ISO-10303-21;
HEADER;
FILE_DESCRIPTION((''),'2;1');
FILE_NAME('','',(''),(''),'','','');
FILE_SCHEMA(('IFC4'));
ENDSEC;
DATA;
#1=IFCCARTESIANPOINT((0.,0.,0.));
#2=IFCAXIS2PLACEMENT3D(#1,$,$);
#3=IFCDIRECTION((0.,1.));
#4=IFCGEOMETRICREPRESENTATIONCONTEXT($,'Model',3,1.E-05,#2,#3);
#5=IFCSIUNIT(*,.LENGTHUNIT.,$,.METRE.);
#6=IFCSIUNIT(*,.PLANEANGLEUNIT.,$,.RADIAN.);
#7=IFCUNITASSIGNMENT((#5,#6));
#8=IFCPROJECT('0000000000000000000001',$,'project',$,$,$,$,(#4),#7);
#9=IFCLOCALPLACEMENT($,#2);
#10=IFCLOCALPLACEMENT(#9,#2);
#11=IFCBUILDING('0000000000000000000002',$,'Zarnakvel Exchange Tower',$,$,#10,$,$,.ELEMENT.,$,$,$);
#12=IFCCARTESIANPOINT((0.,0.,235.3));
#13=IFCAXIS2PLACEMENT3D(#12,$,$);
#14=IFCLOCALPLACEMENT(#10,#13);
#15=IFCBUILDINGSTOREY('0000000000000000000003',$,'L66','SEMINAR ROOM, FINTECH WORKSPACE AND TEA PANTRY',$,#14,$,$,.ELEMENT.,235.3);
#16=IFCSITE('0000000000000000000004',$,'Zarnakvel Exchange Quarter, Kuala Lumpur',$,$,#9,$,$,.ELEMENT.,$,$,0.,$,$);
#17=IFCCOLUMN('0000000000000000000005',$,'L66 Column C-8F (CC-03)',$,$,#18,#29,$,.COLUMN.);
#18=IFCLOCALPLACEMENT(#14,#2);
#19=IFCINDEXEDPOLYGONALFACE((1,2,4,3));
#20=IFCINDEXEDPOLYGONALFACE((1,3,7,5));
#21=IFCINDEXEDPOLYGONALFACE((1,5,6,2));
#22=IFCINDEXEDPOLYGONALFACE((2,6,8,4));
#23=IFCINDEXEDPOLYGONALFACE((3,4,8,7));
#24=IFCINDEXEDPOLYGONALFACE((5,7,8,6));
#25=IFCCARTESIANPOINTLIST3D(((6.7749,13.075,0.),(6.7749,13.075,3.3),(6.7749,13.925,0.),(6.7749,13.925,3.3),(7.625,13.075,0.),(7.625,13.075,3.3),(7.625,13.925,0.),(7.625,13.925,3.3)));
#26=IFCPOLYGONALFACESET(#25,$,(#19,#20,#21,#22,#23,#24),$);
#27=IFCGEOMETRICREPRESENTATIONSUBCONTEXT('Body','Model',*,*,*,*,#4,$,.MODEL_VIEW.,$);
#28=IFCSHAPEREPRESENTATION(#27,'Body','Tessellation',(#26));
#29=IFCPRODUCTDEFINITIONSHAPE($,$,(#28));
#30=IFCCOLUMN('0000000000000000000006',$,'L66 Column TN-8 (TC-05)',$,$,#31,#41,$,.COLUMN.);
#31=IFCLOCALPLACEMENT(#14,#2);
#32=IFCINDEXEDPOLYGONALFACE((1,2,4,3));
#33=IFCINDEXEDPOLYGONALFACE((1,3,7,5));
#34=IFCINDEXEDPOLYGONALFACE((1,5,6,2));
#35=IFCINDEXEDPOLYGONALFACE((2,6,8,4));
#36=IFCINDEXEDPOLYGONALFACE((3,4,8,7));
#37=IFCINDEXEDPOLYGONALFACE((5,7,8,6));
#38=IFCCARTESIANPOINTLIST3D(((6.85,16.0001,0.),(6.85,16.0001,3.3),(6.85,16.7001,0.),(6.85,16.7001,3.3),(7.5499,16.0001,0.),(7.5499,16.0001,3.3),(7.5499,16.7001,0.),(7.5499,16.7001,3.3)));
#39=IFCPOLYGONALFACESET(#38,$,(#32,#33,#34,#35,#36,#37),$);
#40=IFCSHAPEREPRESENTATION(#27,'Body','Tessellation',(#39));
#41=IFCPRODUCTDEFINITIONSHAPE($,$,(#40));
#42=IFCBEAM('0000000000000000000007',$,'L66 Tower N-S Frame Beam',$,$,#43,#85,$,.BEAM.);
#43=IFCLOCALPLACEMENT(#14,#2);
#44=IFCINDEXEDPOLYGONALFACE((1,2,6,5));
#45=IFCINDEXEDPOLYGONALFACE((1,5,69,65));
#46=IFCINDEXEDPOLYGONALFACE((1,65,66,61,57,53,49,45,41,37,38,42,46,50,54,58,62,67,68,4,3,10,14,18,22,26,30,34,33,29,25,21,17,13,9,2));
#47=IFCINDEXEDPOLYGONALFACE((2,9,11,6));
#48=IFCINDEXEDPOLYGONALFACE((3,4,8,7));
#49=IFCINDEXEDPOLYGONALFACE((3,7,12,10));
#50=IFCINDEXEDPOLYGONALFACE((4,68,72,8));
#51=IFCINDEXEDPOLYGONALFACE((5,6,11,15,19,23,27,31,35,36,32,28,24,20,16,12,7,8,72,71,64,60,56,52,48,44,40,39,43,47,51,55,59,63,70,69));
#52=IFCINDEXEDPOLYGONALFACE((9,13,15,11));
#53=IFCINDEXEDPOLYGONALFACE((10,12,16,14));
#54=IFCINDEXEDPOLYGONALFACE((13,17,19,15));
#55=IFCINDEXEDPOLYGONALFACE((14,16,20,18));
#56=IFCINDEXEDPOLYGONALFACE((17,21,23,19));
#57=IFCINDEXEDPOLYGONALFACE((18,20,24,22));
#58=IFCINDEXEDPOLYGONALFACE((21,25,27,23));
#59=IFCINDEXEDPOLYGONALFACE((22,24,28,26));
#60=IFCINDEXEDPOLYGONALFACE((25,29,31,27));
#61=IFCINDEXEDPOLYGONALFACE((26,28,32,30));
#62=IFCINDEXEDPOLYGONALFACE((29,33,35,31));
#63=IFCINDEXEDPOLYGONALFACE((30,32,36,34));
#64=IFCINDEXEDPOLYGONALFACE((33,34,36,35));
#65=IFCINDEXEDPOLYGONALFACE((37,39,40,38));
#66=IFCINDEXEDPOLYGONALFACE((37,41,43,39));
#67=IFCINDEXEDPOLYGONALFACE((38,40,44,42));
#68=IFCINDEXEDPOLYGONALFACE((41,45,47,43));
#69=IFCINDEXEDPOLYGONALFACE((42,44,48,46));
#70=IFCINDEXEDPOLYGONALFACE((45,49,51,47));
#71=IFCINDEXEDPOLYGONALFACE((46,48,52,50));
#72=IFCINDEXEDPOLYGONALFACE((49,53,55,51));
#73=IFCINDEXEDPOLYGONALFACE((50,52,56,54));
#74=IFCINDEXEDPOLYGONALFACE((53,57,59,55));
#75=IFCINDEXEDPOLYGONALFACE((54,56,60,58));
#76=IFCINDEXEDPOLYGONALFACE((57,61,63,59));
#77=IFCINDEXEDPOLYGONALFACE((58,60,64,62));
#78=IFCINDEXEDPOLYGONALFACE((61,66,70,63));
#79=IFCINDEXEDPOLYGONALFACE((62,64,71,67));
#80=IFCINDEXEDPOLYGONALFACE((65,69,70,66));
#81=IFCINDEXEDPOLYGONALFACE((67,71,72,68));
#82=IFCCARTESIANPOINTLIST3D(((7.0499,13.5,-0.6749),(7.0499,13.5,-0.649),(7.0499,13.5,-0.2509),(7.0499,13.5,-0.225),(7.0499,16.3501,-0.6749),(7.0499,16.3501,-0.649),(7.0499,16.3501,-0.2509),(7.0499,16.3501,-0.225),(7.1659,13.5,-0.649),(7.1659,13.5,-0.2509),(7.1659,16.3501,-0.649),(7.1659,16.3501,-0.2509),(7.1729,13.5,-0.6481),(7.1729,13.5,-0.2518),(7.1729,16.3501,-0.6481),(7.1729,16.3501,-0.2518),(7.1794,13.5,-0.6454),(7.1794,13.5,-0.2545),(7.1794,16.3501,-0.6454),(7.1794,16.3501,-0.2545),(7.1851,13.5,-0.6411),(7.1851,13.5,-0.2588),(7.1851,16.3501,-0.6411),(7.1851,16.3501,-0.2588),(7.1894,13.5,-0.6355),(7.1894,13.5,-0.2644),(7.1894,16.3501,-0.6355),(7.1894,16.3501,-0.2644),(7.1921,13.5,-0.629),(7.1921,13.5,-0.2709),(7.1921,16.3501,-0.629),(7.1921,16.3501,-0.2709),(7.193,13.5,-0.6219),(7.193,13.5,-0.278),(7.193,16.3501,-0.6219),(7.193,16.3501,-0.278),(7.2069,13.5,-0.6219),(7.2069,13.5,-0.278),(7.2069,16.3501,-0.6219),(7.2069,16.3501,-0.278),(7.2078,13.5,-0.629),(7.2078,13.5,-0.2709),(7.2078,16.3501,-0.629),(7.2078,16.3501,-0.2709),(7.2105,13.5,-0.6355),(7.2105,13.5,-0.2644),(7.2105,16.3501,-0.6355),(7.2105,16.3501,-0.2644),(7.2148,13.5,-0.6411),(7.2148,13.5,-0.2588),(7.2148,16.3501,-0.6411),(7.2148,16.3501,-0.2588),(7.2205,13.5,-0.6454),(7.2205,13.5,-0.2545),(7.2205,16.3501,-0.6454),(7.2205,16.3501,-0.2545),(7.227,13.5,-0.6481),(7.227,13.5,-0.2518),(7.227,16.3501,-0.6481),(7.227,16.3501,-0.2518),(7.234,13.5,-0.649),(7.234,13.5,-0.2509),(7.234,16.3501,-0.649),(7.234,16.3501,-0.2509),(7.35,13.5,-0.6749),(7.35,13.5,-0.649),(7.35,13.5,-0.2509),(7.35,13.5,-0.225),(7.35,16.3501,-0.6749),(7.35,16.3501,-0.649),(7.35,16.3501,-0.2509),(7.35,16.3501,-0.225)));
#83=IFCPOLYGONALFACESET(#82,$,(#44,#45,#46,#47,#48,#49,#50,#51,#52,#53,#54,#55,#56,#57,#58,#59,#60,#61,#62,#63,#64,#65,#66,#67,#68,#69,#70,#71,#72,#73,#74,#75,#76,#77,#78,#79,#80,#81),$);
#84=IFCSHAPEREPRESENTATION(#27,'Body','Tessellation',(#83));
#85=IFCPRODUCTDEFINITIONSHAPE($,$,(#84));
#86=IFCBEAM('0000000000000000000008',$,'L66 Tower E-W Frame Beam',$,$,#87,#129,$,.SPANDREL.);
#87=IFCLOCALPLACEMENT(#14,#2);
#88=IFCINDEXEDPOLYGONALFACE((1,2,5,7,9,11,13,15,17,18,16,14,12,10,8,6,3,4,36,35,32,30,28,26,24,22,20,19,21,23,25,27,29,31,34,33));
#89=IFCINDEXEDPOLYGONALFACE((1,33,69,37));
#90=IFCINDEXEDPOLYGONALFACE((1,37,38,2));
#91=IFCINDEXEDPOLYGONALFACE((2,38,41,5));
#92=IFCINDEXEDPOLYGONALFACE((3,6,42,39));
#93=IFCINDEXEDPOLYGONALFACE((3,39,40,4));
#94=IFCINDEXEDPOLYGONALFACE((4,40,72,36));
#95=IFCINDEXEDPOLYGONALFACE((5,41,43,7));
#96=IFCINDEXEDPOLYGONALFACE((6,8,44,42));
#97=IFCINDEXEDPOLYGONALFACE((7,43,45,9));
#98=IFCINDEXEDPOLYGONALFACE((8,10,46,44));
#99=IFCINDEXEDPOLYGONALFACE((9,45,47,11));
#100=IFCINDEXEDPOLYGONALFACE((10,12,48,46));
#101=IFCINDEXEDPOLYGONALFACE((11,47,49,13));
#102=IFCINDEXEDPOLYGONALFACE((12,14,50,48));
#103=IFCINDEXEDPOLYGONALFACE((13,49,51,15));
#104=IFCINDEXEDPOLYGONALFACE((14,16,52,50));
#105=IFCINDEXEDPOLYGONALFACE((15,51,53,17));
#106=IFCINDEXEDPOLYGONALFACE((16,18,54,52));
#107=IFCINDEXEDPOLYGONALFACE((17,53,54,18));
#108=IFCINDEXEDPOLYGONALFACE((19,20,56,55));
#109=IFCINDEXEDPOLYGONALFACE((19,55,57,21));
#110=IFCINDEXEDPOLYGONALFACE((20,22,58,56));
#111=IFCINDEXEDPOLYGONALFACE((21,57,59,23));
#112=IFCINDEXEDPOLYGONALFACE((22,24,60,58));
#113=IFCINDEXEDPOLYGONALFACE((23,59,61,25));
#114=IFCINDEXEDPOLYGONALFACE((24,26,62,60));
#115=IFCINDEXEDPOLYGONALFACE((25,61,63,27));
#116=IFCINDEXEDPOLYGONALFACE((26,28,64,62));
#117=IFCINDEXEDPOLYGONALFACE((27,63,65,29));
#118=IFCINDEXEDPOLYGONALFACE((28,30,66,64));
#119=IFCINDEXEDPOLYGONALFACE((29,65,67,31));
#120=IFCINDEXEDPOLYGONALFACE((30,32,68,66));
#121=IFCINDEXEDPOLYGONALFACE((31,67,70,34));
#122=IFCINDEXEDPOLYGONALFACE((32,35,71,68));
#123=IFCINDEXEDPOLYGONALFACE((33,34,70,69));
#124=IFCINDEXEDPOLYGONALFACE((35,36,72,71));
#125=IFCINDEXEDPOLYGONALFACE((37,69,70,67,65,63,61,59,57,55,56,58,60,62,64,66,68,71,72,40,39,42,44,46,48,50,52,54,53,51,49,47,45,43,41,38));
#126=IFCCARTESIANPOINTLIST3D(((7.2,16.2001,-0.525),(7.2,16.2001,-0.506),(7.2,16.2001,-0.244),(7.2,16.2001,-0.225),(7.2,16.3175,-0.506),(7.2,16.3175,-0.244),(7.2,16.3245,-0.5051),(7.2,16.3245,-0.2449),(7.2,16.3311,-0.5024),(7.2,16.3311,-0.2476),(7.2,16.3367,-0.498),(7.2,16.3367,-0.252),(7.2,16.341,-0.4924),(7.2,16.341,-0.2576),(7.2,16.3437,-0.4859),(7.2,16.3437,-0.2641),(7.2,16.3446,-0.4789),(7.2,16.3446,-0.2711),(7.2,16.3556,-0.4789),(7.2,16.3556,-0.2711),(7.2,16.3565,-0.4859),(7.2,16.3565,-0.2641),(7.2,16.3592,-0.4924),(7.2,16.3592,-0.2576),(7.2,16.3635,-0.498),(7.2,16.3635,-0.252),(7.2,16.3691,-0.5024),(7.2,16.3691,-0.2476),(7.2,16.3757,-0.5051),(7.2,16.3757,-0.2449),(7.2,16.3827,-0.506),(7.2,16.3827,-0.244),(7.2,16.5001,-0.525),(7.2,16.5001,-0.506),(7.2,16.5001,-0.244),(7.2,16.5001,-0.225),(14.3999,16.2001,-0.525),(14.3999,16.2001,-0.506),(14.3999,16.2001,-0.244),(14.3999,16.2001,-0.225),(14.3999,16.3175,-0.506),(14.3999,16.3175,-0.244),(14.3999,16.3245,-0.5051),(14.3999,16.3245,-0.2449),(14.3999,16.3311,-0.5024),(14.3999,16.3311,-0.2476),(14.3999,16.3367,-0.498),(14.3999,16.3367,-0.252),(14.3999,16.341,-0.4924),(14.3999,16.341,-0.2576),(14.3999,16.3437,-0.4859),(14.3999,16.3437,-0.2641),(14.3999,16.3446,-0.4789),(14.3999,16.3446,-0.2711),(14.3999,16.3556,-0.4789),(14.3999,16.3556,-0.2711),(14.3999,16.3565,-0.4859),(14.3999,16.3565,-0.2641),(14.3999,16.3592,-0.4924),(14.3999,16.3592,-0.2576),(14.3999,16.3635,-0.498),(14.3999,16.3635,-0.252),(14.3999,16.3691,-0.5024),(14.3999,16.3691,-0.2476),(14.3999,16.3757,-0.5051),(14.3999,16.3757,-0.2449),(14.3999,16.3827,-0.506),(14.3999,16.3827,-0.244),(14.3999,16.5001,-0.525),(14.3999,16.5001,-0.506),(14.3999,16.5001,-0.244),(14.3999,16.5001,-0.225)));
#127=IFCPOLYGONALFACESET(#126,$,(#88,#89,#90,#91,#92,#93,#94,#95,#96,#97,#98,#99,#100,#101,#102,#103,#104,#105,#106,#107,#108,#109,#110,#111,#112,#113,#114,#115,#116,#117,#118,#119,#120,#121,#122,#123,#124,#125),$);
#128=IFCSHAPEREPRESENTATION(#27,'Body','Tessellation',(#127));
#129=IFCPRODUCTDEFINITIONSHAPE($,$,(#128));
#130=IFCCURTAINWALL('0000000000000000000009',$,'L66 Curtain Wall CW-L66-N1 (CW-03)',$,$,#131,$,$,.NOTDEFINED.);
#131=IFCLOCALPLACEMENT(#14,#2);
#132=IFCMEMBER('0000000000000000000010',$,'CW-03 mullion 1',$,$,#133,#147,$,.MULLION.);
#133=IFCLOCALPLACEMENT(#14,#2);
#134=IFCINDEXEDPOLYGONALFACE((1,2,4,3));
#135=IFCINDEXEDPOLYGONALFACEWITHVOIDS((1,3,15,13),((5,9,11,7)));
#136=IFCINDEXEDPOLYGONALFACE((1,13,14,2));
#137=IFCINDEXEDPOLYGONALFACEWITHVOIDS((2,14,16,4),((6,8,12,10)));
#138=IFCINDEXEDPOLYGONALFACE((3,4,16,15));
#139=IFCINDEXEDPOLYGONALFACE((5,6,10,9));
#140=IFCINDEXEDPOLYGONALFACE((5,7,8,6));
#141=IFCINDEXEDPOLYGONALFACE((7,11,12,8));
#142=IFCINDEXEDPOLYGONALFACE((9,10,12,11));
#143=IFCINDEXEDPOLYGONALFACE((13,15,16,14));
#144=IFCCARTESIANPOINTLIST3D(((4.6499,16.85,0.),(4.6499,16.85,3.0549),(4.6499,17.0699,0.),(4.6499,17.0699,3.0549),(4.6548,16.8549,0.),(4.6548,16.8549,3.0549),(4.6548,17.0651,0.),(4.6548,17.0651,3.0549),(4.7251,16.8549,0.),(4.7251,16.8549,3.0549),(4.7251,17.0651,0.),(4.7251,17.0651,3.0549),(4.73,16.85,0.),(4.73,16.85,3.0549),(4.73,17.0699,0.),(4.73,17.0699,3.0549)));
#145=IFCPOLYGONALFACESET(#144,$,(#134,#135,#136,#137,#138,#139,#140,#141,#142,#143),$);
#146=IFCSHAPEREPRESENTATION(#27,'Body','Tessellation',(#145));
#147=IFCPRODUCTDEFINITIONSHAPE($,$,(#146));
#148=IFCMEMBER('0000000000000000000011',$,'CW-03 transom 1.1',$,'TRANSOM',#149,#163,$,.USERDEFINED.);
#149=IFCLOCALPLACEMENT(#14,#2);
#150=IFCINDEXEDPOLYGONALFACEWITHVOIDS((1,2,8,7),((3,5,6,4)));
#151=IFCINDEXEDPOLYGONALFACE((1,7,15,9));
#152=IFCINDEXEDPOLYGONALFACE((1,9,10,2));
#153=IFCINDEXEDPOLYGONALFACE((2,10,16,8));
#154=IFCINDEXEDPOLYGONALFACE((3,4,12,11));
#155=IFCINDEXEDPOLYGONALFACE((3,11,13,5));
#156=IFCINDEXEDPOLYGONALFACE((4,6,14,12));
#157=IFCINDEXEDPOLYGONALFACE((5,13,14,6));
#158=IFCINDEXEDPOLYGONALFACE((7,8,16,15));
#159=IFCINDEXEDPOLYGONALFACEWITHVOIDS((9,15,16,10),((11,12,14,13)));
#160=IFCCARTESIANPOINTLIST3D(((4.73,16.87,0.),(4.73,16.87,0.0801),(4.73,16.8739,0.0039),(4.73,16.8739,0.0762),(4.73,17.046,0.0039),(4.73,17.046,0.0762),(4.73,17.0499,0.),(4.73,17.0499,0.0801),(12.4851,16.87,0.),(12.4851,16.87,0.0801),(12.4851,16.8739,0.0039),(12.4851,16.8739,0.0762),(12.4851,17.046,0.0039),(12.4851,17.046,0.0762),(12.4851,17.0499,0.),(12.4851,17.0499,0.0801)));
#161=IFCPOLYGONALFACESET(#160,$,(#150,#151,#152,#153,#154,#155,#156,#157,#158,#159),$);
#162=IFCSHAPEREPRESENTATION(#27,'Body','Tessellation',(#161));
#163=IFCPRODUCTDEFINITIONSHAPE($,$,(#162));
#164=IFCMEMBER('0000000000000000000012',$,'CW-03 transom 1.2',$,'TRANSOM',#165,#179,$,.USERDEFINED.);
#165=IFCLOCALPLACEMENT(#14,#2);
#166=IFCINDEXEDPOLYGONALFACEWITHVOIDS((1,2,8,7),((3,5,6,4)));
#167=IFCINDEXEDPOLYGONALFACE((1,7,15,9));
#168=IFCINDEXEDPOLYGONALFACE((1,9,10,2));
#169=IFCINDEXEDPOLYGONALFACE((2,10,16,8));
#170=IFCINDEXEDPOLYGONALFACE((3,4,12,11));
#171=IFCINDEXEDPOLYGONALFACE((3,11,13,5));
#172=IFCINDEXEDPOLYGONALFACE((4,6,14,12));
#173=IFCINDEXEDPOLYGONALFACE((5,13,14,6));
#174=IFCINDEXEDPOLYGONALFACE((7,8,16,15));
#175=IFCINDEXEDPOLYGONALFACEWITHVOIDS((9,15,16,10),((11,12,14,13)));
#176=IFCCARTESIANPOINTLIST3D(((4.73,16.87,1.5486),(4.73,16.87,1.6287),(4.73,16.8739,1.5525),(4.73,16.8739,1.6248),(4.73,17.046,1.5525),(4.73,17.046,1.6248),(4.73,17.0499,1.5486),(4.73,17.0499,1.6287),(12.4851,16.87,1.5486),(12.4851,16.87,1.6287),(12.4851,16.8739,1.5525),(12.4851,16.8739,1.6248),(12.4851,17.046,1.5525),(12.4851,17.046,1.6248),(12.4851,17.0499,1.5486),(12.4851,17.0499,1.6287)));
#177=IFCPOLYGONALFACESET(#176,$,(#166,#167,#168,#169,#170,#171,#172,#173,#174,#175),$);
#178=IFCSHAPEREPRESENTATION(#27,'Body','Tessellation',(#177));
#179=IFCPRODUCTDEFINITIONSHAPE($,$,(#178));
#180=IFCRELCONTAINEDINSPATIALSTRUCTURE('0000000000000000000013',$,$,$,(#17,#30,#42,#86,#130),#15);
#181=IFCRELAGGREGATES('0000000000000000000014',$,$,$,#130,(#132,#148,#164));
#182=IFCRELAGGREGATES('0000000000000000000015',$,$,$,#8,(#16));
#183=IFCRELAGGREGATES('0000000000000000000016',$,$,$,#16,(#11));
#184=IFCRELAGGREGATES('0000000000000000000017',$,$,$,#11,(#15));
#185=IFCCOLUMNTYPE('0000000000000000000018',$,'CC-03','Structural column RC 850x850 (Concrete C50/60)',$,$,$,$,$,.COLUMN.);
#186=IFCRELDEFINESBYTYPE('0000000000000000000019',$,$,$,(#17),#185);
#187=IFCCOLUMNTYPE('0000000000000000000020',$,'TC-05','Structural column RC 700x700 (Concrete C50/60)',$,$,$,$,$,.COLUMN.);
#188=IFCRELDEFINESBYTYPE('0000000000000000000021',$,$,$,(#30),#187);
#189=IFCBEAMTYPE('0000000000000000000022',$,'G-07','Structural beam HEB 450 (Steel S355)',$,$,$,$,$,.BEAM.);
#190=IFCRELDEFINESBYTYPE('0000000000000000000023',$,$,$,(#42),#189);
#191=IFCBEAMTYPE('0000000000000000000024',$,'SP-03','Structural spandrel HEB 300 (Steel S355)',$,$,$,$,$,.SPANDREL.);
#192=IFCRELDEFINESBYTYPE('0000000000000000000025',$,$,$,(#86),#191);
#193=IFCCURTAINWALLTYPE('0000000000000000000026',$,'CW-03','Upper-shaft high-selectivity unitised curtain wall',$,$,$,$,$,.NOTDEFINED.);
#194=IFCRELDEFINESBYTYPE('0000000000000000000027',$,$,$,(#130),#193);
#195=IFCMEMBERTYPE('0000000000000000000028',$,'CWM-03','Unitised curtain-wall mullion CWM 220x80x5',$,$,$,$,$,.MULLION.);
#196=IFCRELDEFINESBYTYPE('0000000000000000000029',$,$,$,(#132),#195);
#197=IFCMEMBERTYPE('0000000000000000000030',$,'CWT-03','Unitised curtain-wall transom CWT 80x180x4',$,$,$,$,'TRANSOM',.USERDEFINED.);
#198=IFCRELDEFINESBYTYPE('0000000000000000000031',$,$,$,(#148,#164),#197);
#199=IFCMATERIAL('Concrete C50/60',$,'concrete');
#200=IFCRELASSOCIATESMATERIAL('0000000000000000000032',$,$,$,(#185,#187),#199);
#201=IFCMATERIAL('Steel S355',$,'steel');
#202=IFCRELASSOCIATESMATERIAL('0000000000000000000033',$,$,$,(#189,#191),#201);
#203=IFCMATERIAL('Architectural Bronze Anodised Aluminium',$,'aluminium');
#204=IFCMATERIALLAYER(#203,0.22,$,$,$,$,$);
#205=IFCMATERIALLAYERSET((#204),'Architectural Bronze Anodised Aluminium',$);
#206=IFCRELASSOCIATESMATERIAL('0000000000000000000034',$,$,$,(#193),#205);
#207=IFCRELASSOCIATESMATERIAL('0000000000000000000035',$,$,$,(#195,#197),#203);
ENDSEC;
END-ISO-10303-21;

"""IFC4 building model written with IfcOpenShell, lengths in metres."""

from ifc_helpers import new_model, si_unit, direction, frame, origin, origin_2d, place, context, subcontext, project, spatial, rectangle, hollow_rectangle, i_section, extrude, source, transform, mapped, material, layer, layer_set, material_profile, profile_set, type_object, element, aggregate, save


model = new_model("IFC4")

# Units and contexts
model_context = context("Model", 3, precision=1e-05, world=origin(), true_north=direction((0.0, 1.0)))
body_context = subcontext(model_context, "Body", "Model", "MODEL_VIEW")
ifc_project = project(units=[si_unit("LENGTHUNIT", "METRE"), si_unit("PLANEANGLEUNIT", "RADIAN")], contexts=[model_context])

# Site, building, storey
site_placement = place(None, origin())
site = spatial("IfcSite", under=ifc_project, at=site_placement, Name="Zarnakvel Exchange Quarter, Kuala Lumpur", CompositionType="ELEMENT", RefElevation=0.0)
building_placement = place(site_placement, origin())
building = spatial("IfcBuilding", under=site, at=building_placement, Name="Zarnakvel Exchange Tower", CompositionType="ELEMENT")
storey_placement = place(building_placement, frame((0.0, 0.0, 235.3)))
storey = spatial("IfcBuildingStorey", under=building, at=storey_placement, Name="L66", Description="SEMINAR ROOM, FINTECH WORKSPACE AND TEA PANTRY", CompositionType="ELEMENT", Elevation=235.3)

# Columns
ifc_material_1 = material(Name="Concrete C50/60", Category="concrete")
ifc_material_profile_1 = material_profile(ifc_material_1, rectangle(XDim=0.8501, YDim=0.8501, at=origin_2d()))
ifc_profile_set_1 = profile_set([ifc_material_profile_1], Name="Concrete C50/60")
column_type_1 = type_object("IfcColumnType", Name="CC-03", Description="Structural column RC 850x850 (Concrete C50/60)", PredefinedType="COLUMN", material=ifc_profile_set_1)
column_1_placement = place(storey_placement, frame((7.2, 13.5, 0.0), z_axis=(0.0, 0.0, 1.0), x_axis=(1.0, 0.0, 0.0)))
element("IfcColumn", 1, at=column_1_placement, inside=storey, type_object=column_type_1, Name="L66 Column C-8F (CC-03)", PredefinedType="COLUMN", context=body_context, shape_type="SweptSolid", body=[
    extrude(rectangle(XDim=0.8501, YDim=0.8501, at=origin_2d()), origin(), (0.0, 0.0, 1.0), 3.3),
])
ifc_material_profile_2 = material_profile(ifc_material_1, rectangle(XDim=0.7, YDim=0.7, at=origin_2d()))
ifc_profile_set_2 = profile_set([ifc_material_profile_2], Name="Concrete C50/60")
column_type_2 = type_object("IfcColumnType", Name="TC-05", Description="Structural column RC 700x700 (Concrete C50/60)", PredefinedType="COLUMN", material=ifc_profile_set_2)
column_2_placement = place(storey_placement, frame((7.2, 16.3501, 0.0), z_axis=(0.0, 0.0, 1.0), x_axis=(1.0, 0.0, 0.0)))
element("IfcColumn", 2, at=column_2_placement, inside=storey, type_object=column_type_2, Name="L66 Column TN-8 (TC-05)", PredefinedType="COLUMN", context=body_context, shape_type="SweptSolid", body=[
    extrude(rectangle(XDim=0.7, YDim=0.7, at=origin_2d()), origin(), (0.0, 0.0, 1.0), 3.3),
])

# Beams
ifc_material_2 = material(Name="Steel S355", Category="steel")
ifc_material_profile_3 = material_profile(ifc_material_2, i_section(OverallWidth=0.3, OverallDepth=0.45, WebThickness=0.0139, FlangeThickness=0.0259, FilletRadius=0.0271, at=origin_2d()))
ifc_profile_set_3 = profile_set([ifc_material_profile_3], Name="Steel S355")
beam_type_1 = type_object("IfcBeamType", Name="G-07", Description="Structural beam HEB 450 (Steel S355)", PredefinedType="BEAM", material=ifc_profile_set_3)
beam_1_placement = place(storey_placement, frame((7.2, 13.5, -0.45), z_axis=(0.0, 1.0, 0.0), x_axis=(-1.0, 0.0, 0.0)))
element("IfcBeam", 3, at=beam_1_placement, inside=storey, type_object=beam_type_1, Name="L66 Tower N-S Frame Beam", PredefinedType="BEAM", context=body_context, shape_type="SweptSolid", body=[
    extrude(i_section(OverallWidth=0.3, OverallDepth=0.45, WebThickness=0.0139, FlangeThickness=0.0259, FilletRadius=0.0271, at=origin_2d()), origin(), (0.0, 0.0, 1.0), 2.8501),
])
ifc_material_profile_4 = material_profile(ifc_material_2, i_section(OverallWidth=0.3, OverallDepth=0.3, WebThickness=0.011, FlangeThickness=0.019, FilletRadius=0.0271, at=origin_2d()))
ifc_profile_set_4 = profile_set([ifc_material_profile_4], Name="Steel S355")
beam_type_2 = type_object("IfcBeamType", Name="SP-03", Description="Structural spandrel HEB 300 (Steel S355)", PredefinedType="SPANDREL", material=ifc_profile_set_4)
beam_2_placement = place(storey_placement, frame((7.2, 16.3501, -0.375), z_axis=(1.0, 0.0, 0.0), x_axis=(0.0, 1.0, 0.0)))
element("IfcBeam", 4, at=beam_2_placement, inside=storey, type_object=beam_type_2, Name="L66 Tower E-W Frame Beam", PredefinedType="SPANDREL", context=body_context, shape_type="SweptSolid", body=[
    extrude(i_section(OverallWidth=0.3, OverallDepth=0.3, WebThickness=0.011, FlangeThickness=0.019, FilletRadius=0.0271, at=origin_2d()), origin(), (0.0, 0.0, 1.0), 7.2),
])

# Curtain wall, members
ifc_material_3 = material(Name="Architectural Bronze Anodised Aluminium", Category="aluminium")
ifc_layer_1 = layer(ifc_material_3, 0.22)
ifc_layer_set_1 = layer_set([ifc_layer_1], Name="Architectural Bronze Anodised Aluminium")
curtain_wall_type = type_object("IfcCurtainWallType", Name="CW-03", Description="Upper-shaft high-selectivity unitised curtain wall", PredefinedType="NOTDEFINED", material=ifc_layer_set_1)
curtain_wall_placement = place(storey_placement, origin())
curtain_wall = element("IfcCurtainWall", 5, at=curtain_wall_placement, inside=storey, type_object=curtain_wall_type, Name="L66 Curtain Wall CW-L66-N1 (CW-03)", PredefinedType="NOTDEFINED")
ifc_material_profile_5 = material_profile(ifc_material_3, hollow_rectangle(XDim=0.22, YDim=0.0801, WallThickness=0.0049, at=origin_2d()))
ifc_profile_set_5 = profile_set([ifc_material_profile_5], Name="Architectural Bronze Anodised Aluminium")
member_type_1 = type_object("IfcMemberType", Name="CWM-03", Description="Unitised curtain-wall mullion CWM 220x80x5", PredefinedType="MULLION", material=ifc_profile_set_5)
shared_shape_1 = source(origin(), body_context, "Body", "SweptSolid", [
    extrude(hollow_rectangle(XDim=0.22, YDim=0.0801, WallThickness=0.0049, at=origin_2d()), origin(), (0.0, 0.0, 1.0), 3.0549),
])
member_1_placement = place(storey_placement, frame((4.6899, 16.96, 0.0), z_axis=(0.0, 0.0, 1.0), x_axis=(0.0, 1.0, 0.0)))
member_1 = element("IfcMember", 6, at=member_1_placement, type_object=member_type_1, Name="CW-03 mullion 1", PredefinedType="MULLION", context=body_context, shape_type="MappedRepresentation", body=[
    mapped(shared_shape_1, transform((0.0, 0.0, 0.0), x_axis=(1.0, 0.0, 0.0), y_axis=(0.0, 1.0, 0.0), z_axis=(0.0, 0.0, 1.0), scale=1.0)),
])
ifc_material_profile_6 = material_profile(ifc_material_3, hollow_rectangle(XDim=0.1799, YDim=0.0801, WallThickness=0.0039, at=origin_2d()))
ifc_profile_set_6 = profile_set([ifc_material_profile_6], Name="Architectural Bronze Anodised Aluminium")
member_type_2 = type_object("IfcMemberType", Name="CWT-03", Description="Unitised curtain-wall transom CWT 80x180x4", ElementType="TRANSOM", PredefinedType="USERDEFINED", material=ifc_profile_set_6)
shared_shape_2 = source(origin(), body_context, "Body", "SweptSolid", [
    extrude(hollow_rectangle(XDim=0.1799, YDim=0.0801, WallThickness=0.0039, at=origin_2d()), origin(), (0.0, 0.0, 1.0), 7.7551),
])
member_2_placement = place(storey_placement, frame((4.73, 16.96, 0.04), z_axis=(1.0, 0.0, 0.0), x_axis=(0.0, 1.0, 0.0)))
member_2 = element("IfcMember", 7, at=member_2_placement, type_object=member_type_2, Name="CW-03 transom 1.1", ObjectType="TRANSOM", PredefinedType="USERDEFINED", context=body_context, shape_type="MappedRepresentation", body=[
    mapped(shared_shape_2, transform((0.0, 0.0, 0.0), x_axis=(1.0, 0.0, 0.0), y_axis=(0.0, 1.0, 0.0), z_axis=(0.0, 0.0, 1.0), scale=1.0)),
])
member_3_placement = place(storey_placement, frame((4.73, 16.96, 1.5886), z_axis=(1.0, 0.0, 0.0), x_axis=(0.0, 1.0, 0.0)))
member_3 = element("IfcMember", 8, at=member_3_placement, type_object=member_type_2, Name="CW-03 transom 1.2", ObjectType="TRANSOM", PredefinedType="USERDEFINED", context=body_context, shape_type="MappedRepresentation", body=[
    mapped(shared_shape_2, transform((0.0, 0.0, 0.0), x_axis=(1.0, 0.0, 0.0), y_axis=(0.0, 1.0, 0.0), z_axis=(0.0, 0.0, 1.0), scale=1.0)),
])
aggregate(curtain_wall, [member_1, member_2, member_3])

save(model, "model.ifc")
